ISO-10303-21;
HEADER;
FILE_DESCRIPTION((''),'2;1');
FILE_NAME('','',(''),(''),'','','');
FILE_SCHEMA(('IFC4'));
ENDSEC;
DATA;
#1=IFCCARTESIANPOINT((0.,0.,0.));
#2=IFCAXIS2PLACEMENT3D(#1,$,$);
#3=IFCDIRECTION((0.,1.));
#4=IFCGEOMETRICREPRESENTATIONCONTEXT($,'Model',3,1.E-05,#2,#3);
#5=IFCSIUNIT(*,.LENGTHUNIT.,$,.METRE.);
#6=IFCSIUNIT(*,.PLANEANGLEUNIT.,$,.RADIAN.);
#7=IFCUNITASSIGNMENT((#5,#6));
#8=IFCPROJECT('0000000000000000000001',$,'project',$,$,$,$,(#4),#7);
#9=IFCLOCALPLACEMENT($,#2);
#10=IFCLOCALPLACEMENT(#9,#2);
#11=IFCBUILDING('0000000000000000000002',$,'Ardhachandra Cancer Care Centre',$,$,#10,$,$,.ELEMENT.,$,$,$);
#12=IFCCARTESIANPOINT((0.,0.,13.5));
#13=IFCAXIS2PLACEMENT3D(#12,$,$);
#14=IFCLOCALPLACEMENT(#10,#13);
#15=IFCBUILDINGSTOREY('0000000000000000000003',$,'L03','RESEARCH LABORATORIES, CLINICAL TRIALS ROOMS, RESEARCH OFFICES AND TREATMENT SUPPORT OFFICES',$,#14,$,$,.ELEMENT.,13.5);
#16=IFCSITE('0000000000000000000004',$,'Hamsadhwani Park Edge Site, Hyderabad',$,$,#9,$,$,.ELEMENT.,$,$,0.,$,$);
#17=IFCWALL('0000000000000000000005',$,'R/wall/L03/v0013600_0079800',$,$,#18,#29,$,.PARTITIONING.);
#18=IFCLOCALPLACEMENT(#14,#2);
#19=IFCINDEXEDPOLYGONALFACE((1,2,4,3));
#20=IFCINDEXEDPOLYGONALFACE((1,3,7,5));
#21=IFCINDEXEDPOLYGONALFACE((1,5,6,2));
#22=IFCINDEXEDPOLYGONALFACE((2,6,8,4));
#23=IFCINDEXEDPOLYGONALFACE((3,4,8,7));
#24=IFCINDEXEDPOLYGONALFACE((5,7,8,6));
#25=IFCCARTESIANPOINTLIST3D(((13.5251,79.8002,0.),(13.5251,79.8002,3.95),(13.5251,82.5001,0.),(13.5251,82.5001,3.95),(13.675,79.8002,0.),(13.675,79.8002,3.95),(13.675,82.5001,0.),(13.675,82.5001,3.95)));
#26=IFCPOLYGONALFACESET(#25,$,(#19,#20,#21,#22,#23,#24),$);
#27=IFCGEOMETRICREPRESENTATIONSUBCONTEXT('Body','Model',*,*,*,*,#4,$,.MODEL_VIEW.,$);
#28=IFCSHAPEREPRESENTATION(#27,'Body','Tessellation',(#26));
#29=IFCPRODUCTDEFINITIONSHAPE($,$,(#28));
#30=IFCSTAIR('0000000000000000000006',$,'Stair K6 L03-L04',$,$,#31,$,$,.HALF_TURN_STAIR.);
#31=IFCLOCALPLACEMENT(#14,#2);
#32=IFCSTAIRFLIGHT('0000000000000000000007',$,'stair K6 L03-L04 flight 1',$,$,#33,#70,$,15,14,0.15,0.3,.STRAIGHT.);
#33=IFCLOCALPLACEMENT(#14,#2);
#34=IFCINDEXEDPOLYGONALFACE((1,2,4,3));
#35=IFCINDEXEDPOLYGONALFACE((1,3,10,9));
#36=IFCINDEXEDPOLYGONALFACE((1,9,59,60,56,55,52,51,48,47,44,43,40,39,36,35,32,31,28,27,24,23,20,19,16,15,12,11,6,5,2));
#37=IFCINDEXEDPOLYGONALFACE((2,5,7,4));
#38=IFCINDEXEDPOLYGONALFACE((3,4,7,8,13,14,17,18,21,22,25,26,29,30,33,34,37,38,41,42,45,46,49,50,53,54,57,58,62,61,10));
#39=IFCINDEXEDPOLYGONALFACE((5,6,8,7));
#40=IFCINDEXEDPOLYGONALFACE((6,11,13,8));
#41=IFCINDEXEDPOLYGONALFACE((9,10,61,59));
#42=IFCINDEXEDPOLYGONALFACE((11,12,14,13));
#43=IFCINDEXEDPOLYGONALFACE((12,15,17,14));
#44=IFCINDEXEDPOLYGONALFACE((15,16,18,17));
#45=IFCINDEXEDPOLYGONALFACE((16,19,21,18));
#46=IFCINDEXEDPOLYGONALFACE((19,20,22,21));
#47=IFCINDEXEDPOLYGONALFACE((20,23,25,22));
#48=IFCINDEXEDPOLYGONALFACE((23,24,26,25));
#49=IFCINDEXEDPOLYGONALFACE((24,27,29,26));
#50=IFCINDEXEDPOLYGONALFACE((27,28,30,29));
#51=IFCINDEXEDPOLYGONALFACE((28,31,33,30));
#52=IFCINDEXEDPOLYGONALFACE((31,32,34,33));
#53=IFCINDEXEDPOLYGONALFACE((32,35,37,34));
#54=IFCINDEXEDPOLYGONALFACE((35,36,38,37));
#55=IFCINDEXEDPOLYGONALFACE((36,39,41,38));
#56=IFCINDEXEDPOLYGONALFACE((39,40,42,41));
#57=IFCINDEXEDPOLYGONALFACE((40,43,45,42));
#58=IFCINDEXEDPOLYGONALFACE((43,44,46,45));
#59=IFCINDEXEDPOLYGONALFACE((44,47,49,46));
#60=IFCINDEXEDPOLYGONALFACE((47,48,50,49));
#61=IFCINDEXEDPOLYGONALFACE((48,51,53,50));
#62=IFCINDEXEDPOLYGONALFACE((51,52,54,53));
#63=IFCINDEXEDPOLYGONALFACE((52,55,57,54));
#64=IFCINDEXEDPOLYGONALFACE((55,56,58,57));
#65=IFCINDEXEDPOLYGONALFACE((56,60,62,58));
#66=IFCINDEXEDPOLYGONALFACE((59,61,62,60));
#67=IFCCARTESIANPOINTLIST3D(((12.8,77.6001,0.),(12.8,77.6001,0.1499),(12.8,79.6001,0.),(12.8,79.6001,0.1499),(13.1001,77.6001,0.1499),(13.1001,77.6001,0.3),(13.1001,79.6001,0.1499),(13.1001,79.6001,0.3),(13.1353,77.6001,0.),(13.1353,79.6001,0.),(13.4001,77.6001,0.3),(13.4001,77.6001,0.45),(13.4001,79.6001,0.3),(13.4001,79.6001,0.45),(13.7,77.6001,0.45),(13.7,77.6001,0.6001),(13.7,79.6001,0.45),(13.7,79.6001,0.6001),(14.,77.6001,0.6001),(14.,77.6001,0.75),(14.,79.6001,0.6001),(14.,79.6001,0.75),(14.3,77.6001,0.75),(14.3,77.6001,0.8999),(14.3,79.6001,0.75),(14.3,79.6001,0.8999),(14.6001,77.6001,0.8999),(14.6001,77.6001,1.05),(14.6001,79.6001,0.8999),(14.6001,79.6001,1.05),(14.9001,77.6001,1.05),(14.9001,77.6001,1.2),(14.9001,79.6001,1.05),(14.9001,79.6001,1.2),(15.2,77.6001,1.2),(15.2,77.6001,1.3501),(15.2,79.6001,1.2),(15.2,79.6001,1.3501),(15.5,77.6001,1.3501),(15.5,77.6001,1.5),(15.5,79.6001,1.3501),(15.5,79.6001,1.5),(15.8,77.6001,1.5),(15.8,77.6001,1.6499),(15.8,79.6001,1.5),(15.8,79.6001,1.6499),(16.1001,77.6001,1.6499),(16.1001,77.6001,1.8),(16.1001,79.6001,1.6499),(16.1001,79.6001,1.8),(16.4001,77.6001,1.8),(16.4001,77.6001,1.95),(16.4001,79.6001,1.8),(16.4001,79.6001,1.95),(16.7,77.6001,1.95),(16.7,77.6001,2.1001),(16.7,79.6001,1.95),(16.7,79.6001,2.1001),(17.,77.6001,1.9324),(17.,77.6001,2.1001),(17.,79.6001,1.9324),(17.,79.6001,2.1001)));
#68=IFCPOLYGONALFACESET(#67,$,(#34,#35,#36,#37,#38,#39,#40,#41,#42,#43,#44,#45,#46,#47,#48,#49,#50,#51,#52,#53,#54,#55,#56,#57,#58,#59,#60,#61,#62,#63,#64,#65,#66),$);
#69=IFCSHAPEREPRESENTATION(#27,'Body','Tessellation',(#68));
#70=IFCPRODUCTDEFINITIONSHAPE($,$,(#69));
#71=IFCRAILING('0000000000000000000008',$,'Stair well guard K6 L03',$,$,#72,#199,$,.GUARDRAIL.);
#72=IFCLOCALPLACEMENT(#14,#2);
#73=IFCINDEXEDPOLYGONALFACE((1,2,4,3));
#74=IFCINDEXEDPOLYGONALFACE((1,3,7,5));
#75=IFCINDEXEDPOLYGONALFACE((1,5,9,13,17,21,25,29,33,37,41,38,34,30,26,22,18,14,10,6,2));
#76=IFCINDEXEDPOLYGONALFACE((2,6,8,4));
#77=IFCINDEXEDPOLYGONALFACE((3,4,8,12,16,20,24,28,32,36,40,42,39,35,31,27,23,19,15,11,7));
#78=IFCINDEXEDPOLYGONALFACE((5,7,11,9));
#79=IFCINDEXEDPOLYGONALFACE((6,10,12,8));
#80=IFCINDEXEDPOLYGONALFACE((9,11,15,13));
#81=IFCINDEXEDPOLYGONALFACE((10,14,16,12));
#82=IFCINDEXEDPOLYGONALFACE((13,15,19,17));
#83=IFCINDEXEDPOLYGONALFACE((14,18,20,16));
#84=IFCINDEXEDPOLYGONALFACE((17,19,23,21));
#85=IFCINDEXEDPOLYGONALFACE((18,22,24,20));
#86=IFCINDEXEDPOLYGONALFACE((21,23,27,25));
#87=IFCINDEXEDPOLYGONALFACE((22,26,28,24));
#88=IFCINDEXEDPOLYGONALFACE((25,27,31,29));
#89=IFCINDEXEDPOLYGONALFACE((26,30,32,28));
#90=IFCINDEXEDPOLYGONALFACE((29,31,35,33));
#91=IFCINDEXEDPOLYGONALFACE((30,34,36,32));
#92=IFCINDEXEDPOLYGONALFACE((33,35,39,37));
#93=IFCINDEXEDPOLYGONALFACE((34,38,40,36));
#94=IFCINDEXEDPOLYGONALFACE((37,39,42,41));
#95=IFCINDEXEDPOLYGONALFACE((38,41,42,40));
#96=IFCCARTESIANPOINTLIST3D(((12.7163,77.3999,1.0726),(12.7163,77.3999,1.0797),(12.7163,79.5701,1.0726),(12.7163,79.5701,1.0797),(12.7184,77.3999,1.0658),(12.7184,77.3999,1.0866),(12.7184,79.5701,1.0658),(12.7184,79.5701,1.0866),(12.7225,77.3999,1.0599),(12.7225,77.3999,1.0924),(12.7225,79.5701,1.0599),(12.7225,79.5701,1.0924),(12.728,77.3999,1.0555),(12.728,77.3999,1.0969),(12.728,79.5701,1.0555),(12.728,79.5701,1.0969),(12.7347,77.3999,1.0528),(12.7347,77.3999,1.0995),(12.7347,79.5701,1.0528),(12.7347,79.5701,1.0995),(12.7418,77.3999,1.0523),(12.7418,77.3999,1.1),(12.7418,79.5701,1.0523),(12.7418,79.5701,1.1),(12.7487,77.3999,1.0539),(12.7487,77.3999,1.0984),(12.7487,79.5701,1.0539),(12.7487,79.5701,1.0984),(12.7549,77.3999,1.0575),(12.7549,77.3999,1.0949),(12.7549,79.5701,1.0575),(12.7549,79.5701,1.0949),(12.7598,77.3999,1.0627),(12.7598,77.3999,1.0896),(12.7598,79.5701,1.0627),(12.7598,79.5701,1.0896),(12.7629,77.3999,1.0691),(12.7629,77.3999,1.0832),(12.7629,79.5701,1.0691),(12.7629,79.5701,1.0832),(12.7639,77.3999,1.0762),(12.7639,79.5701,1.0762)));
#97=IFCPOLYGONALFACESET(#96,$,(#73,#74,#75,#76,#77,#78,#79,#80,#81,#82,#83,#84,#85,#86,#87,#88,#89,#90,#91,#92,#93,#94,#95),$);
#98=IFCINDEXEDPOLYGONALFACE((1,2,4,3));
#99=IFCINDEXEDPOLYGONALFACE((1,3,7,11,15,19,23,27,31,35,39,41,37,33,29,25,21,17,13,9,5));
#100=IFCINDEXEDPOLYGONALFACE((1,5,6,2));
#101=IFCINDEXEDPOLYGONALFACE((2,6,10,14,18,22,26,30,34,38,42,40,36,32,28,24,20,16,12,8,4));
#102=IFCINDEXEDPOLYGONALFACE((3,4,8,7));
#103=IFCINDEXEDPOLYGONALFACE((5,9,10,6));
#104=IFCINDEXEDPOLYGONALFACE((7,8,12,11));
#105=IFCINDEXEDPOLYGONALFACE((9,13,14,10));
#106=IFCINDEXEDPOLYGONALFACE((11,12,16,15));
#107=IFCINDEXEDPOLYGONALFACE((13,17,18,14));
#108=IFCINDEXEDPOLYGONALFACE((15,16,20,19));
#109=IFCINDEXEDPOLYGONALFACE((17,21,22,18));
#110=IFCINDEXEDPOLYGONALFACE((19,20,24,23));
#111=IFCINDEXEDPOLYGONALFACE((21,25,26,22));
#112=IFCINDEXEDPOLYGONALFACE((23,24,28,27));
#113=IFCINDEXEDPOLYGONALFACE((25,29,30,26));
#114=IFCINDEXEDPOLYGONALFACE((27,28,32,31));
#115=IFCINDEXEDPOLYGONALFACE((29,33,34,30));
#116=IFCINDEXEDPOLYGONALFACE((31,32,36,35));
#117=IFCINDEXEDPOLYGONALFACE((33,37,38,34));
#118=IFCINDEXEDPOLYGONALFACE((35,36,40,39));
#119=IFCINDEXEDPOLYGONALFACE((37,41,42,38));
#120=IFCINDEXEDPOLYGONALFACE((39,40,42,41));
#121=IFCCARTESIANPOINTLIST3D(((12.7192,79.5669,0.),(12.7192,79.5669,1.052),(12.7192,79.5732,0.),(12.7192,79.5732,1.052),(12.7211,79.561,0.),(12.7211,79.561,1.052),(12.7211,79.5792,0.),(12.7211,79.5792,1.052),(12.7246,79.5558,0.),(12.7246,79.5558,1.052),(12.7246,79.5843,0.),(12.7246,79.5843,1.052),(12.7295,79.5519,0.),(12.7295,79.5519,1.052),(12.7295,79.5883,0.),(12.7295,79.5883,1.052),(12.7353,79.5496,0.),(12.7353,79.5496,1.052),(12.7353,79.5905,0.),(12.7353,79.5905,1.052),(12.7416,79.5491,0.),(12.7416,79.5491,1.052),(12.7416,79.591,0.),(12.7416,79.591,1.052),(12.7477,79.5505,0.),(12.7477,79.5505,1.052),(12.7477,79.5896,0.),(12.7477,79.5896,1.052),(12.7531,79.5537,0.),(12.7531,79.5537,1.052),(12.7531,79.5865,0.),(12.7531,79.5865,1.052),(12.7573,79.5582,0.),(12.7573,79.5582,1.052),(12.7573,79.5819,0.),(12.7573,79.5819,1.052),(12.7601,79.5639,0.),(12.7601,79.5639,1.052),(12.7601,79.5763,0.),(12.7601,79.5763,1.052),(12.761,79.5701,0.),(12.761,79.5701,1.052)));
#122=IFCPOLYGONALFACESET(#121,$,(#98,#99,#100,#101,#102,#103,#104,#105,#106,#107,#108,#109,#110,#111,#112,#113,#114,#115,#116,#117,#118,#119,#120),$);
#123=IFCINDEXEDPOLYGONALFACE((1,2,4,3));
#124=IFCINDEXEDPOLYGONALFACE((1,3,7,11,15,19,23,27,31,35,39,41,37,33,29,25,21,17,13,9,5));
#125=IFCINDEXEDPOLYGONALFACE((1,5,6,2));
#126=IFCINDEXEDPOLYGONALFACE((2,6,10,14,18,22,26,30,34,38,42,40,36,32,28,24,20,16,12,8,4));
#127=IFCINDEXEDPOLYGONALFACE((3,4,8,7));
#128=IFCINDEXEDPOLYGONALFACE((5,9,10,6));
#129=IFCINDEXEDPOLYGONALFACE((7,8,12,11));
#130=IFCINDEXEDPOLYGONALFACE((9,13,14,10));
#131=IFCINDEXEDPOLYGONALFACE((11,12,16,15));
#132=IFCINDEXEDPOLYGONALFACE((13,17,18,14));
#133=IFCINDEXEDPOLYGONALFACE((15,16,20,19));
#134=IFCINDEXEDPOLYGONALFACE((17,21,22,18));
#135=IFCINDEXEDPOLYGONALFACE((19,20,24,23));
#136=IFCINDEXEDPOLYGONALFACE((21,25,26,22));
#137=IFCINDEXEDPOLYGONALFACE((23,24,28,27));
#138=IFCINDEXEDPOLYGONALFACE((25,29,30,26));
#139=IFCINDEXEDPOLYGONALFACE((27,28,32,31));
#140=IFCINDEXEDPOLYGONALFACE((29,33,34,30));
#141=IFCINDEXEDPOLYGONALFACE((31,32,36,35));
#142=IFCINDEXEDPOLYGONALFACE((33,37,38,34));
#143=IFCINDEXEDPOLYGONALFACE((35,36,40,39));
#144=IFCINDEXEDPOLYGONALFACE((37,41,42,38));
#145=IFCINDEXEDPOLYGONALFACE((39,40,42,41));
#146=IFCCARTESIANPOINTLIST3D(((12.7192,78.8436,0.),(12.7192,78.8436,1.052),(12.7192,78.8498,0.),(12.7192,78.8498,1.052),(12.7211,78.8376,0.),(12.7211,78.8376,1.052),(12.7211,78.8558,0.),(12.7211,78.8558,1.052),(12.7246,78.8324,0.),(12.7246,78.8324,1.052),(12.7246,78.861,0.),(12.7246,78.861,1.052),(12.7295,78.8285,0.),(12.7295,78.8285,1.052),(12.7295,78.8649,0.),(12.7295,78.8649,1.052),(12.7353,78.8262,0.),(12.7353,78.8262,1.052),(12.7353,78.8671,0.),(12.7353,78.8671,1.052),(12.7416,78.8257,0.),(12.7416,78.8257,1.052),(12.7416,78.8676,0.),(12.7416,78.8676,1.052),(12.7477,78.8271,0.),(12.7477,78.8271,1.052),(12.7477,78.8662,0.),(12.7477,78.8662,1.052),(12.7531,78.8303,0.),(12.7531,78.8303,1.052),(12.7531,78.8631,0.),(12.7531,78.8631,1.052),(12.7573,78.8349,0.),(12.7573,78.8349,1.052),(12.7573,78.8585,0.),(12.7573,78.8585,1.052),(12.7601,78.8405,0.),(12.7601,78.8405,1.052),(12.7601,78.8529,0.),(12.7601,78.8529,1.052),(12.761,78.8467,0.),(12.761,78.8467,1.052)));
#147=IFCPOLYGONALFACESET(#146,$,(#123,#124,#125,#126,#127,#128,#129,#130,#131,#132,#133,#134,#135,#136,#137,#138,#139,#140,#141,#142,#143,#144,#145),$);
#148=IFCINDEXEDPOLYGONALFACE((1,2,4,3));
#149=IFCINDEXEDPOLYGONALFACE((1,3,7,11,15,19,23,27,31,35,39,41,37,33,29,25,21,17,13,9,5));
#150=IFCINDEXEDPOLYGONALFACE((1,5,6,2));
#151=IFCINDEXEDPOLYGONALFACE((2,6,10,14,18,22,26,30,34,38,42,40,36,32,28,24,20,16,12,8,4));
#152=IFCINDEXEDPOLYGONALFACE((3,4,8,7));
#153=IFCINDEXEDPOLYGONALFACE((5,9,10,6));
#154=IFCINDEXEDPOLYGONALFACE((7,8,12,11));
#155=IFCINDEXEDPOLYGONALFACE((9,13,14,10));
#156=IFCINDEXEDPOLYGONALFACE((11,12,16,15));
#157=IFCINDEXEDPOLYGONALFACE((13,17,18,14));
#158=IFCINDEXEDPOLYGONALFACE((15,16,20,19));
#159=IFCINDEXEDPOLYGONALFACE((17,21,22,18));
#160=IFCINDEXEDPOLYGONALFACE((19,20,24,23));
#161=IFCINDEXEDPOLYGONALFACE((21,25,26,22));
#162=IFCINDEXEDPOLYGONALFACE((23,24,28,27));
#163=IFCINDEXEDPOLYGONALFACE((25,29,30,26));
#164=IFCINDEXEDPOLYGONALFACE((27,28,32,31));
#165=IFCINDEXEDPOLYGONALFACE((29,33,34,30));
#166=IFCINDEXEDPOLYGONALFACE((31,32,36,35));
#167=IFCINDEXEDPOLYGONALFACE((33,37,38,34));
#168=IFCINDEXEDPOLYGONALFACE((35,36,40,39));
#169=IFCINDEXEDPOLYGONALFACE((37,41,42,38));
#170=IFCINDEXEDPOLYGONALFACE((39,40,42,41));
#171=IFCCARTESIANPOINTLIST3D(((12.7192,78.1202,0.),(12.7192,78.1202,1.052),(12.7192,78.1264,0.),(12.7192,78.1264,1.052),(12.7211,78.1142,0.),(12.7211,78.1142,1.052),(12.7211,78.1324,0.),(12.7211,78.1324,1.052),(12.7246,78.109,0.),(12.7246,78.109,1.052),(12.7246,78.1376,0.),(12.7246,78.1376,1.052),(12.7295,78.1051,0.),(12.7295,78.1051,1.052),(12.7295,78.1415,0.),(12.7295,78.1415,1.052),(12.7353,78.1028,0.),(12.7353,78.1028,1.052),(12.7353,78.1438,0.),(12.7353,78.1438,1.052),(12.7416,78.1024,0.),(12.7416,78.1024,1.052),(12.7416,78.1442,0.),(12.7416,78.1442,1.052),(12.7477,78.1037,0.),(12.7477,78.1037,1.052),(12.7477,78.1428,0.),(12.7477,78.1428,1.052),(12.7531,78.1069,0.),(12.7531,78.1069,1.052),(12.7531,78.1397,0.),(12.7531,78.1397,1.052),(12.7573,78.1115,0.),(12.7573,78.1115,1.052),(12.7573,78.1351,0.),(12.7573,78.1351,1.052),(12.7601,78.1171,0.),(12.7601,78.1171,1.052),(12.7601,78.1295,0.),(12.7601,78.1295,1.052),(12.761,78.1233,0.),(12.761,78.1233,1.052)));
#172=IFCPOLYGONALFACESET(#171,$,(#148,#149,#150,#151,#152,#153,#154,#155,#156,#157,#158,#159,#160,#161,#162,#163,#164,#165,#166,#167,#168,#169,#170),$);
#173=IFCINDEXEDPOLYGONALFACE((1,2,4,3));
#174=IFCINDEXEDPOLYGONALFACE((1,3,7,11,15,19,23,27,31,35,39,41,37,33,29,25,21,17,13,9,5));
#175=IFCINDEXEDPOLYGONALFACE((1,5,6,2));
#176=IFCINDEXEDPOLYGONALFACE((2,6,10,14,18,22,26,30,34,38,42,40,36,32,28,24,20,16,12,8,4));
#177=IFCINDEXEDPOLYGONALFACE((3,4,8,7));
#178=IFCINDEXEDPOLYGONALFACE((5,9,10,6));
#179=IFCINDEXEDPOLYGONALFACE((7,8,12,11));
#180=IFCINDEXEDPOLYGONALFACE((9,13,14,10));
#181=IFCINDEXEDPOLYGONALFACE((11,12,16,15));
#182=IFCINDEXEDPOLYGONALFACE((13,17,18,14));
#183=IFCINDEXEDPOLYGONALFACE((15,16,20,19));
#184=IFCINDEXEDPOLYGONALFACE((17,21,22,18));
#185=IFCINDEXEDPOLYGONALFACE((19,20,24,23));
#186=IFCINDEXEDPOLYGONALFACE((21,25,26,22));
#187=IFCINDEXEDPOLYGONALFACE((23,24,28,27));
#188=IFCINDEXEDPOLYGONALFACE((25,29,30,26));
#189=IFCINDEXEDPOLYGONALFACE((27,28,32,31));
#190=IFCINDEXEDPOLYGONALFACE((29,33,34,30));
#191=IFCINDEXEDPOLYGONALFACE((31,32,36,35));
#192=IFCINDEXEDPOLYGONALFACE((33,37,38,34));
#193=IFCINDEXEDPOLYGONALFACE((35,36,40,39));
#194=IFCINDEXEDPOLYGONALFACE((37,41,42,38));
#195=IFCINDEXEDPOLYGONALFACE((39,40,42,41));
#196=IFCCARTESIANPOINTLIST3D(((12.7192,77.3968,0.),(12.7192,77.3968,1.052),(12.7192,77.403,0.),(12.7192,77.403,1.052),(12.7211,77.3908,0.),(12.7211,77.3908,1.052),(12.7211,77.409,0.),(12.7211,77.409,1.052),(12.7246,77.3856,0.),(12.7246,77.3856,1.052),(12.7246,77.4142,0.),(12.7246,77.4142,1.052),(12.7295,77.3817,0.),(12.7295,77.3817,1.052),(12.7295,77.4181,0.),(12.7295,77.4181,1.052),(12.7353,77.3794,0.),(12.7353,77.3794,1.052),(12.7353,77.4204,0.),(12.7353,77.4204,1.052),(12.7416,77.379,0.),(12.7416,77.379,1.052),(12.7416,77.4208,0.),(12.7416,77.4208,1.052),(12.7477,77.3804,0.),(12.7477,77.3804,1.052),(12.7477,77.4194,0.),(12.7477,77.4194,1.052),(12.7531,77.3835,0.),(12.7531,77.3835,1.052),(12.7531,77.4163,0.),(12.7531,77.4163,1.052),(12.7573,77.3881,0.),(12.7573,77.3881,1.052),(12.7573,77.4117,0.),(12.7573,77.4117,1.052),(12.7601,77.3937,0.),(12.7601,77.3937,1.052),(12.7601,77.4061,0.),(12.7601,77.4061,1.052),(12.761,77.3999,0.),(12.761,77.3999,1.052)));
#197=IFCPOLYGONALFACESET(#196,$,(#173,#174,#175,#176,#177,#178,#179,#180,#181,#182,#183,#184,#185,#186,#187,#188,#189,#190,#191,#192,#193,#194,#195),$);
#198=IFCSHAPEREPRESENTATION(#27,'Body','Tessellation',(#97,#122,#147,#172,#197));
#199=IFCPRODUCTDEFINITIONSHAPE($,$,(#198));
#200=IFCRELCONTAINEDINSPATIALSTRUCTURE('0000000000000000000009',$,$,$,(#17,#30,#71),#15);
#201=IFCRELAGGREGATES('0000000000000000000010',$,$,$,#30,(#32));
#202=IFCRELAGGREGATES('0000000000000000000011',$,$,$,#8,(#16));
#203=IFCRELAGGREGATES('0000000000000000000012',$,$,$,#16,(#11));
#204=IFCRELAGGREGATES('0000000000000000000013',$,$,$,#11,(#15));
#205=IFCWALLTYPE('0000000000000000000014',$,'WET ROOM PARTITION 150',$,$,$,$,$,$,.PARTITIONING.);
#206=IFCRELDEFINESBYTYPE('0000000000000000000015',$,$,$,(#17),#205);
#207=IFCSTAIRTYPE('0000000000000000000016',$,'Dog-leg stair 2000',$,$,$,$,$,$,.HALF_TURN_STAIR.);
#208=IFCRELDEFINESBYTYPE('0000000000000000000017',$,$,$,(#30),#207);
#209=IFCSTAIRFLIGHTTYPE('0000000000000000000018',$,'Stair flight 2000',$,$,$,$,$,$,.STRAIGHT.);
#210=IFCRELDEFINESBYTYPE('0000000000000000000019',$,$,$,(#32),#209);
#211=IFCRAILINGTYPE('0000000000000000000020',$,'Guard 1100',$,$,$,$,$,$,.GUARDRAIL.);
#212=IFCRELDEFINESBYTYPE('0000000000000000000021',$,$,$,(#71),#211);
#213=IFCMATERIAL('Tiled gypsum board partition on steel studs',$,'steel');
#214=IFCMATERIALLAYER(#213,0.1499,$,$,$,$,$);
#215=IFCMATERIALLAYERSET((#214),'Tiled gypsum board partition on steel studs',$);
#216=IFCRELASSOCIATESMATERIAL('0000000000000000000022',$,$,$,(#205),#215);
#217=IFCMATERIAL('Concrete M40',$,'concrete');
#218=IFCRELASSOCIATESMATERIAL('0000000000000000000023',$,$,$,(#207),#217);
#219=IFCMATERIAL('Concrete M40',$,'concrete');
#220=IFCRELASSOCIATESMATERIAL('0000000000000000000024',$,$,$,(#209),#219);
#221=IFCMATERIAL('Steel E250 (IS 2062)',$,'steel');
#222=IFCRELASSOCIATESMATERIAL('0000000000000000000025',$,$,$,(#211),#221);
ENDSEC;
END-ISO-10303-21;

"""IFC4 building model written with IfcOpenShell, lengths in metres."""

from ifc_helpers import new_model, si_unit, direction, frame, frame_2d, origin, origin_2d, place, context, subcontext, project, spatial, polyline, rectangle, circle, outline, extrude, material, layer, layer_set, type_object, element, aggregate, save


model = new_model("IFC4")

# Units and contexts
model_context = context("Model", 3, precision=1e-05, world=origin(), true_north=direction((0.0, 1.0)))
body_context = subcontext(model_context, "Body", "Model", "MODEL_VIEW")
ifc_project = project(units=[si_unit("LENGTHUNIT", "METRE"), si_unit("PLANEANGLEUNIT", "RADIAN")], contexts=[model_context])

# Site, building, storey
site_placement = place(None, origin())
site = spatial("IfcSite", under=ifc_project, at=site_placement, Name="Hamsadhwani Park Edge Site, Hyderabad", CompositionType="ELEMENT", RefElevation=0.0)
building_placement = place(site_placement, origin())
building = spatial("IfcBuilding", under=site, at=building_placement, Name="Ardhachandra Cancer Care Centre", CompositionType="ELEMENT")
storey_placement = place(building_placement, frame((0.0, 0.0, 13.5)))
storey = spatial("IfcBuildingStorey", under=building, at=storey_placement, Name="L03", Description="RESEARCH LABORATORIES, CLINICAL TRIALS ROOMS, RESEARCH OFFICES AND TREATMENT SUPPORT OFFICES", CompositionType="ELEMENT", Elevation=13.5)

# Wall
ifc_material_1 = material(Name="Tiled gypsum board partition on steel studs", Category="steel")
ifc_layer_1 = layer(ifc_material_1, 0.1499)
ifc_layer_set_1 = layer_set([ifc_layer_1], Name="Tiled gypsum board partition on steel studs")
wall_type_1 = type_object("IfcWallType", Name="WET ROOM PARTITION 150", PredefinedType="PARTITIONING", material=ifc_layer_set_1)
wall_1_placement = place(storey_placement, frame((13.6001, 79.8, 0.0), z_axis=(0.0, 0.0, 1.0), x_axis=(0.0, 1.0, 0.0)))
element("IfcWall", 1, at=wall_1_placement, inside=storey, type_object=wall_type_1, Name="R/wall/L03/v0013600_0079800", PredefinedType="PARTITIONING", context=body_context, shape_type="SweptSolid", body=[
    extrude(rectangle(XDim=2.7, YDim=0.1499, at=frame_2d((1.3501, 0.0))), origin(), (0.0, 0.0, 1.0), 3.95),
])

# Stair, stair flight
ifc_material_2 = material(Name="Concrete M40", Category="concrete")
stair_type = type_object("IfcStairType", Name="Dog-leg stair 2000", PredefinedType="HALF_TURN_STAIR", material=ifc_material_2)
stair_placement = place(storey_placement, origin())
stair = element("IfcStair", 2, at=stair_placement, inside=storey, type_object=stair_type, Name="Stair K6 L03-L04", PredefinedType="HALF_TURN_STAIR")
ifc_material_3 = material(Name="Concrete M40", Category="concrete")
stair_flight_type = type_object("IfcStairFlightType", Name="Stair flight 2000", PredefinedType="STRAIGHT", material=ifc_material_3)
stair_flight_placement = place(storey_placement, frame((12.8, 78.6001, 0.0), z_axis=(0.0, 0.0, 1.0), x_axis=(1.0, 0.0, 0.0)))
stair_flight = element("IfcStairFlight", 3, at=stair_flight_placement, type_object=stair_flight_type, Name="stair K6 L03-L04 flight 1", NumberOfRisers=15, NumberOfTreads=14, PredefinedType="STRAIGHT", RiserHeight=0.15, TreadLength=0.3, context=body_context, shape_type="SweptSolid", body=[
    extrude(outline(polyline([(0.0, 0.0), (0.0, 0.1499), (0.3, 0.1499), (0.3, 0.3), (0.6001, 0.3), (0.6001, 0.45), (0.8999, 0.45), (0.8999, 0.6001), (1.2, 0.6001), (1.2, 0.75), (1.5, 0.75), (1.5, 0.8999), (1.8, 0.8999), (1.8, 1.05), (2.1001, 1.05), (2.1001, 1.2), (2.3999, 1.2), (2.3999, 1.3501), (2.7, 1.3501), (2.7, 1.5), (3.0, 1.5), (3.0, 1.6499), (3.3, 1.6499), (3.3, 1.8), (3.6001, 1.8), (3.6001, 1.95), (3.8999, 1.95), (3.8999, 2.1001), (4.2, 2.1001), (4.2, 2.25), (4.2, 1.9324), (0.3352, 0.0), (0.0, 0.0)])), frame((0.0, 1.0, 0.0), z_axis=(0.0, -1.0, 0.0), x_axis=(1.0, 0.0, 0.0)), (0.0, 0.0, 1.0), 2.0),
])
aggregate(stair, [stair_flight])

# Railing
ifc_material_4 = material(Name="Steel E250 (IS 2062)", Category="steel")
railing_type_1 = type_object("IfcRailingType", Name="Guard 1100", PredefinedType="GUARDRAIL", material=ifc_material_4)
railing_placement = place(storey_placement, frame((12.74, 79.5701, 0.0)))
element("IfcRailing", 4, at=railing_placement, inside=storey, type_object=railing_type_1, Name="Stair well guard K6 L03", PredefinedType="GUARDRAIL", context=body_context, shape_type="SweptSolid", body=[
    extrude(circle(Radius=0.0239, at=origin_2d()), frame((0.0, 0.0, 1.0762), z_axis=(0.0, -1.0, 0.0), x_axis=(1.0, 0.0, 0.0)), (0.0, 0.0, 1.0), 2.1702),
    extrude(circle(Radius=0.021, at=origin_2d()), origin(), (0.0, 0.0, 1.0), 1.052),
    extrude(circle(Radius=0.021, at=origin_2d()), frame((0.0, -0.7234, 0.0)), (0.0, 0.0, 1.0), 1.052),
    extrude(circle(Radius=0.021, at=origin_2d()), frame((0.0, -1.4468, 0.0)), (0.0, 0.0, 1.0), 1.052),
    extrude(circle(Radius=0.021, at=origin_2d()), frame((0.0, -2.1702, 0.0)), (0.0, 0.0, 1.0), 1.052),
])

save(model, "model.ifc")
